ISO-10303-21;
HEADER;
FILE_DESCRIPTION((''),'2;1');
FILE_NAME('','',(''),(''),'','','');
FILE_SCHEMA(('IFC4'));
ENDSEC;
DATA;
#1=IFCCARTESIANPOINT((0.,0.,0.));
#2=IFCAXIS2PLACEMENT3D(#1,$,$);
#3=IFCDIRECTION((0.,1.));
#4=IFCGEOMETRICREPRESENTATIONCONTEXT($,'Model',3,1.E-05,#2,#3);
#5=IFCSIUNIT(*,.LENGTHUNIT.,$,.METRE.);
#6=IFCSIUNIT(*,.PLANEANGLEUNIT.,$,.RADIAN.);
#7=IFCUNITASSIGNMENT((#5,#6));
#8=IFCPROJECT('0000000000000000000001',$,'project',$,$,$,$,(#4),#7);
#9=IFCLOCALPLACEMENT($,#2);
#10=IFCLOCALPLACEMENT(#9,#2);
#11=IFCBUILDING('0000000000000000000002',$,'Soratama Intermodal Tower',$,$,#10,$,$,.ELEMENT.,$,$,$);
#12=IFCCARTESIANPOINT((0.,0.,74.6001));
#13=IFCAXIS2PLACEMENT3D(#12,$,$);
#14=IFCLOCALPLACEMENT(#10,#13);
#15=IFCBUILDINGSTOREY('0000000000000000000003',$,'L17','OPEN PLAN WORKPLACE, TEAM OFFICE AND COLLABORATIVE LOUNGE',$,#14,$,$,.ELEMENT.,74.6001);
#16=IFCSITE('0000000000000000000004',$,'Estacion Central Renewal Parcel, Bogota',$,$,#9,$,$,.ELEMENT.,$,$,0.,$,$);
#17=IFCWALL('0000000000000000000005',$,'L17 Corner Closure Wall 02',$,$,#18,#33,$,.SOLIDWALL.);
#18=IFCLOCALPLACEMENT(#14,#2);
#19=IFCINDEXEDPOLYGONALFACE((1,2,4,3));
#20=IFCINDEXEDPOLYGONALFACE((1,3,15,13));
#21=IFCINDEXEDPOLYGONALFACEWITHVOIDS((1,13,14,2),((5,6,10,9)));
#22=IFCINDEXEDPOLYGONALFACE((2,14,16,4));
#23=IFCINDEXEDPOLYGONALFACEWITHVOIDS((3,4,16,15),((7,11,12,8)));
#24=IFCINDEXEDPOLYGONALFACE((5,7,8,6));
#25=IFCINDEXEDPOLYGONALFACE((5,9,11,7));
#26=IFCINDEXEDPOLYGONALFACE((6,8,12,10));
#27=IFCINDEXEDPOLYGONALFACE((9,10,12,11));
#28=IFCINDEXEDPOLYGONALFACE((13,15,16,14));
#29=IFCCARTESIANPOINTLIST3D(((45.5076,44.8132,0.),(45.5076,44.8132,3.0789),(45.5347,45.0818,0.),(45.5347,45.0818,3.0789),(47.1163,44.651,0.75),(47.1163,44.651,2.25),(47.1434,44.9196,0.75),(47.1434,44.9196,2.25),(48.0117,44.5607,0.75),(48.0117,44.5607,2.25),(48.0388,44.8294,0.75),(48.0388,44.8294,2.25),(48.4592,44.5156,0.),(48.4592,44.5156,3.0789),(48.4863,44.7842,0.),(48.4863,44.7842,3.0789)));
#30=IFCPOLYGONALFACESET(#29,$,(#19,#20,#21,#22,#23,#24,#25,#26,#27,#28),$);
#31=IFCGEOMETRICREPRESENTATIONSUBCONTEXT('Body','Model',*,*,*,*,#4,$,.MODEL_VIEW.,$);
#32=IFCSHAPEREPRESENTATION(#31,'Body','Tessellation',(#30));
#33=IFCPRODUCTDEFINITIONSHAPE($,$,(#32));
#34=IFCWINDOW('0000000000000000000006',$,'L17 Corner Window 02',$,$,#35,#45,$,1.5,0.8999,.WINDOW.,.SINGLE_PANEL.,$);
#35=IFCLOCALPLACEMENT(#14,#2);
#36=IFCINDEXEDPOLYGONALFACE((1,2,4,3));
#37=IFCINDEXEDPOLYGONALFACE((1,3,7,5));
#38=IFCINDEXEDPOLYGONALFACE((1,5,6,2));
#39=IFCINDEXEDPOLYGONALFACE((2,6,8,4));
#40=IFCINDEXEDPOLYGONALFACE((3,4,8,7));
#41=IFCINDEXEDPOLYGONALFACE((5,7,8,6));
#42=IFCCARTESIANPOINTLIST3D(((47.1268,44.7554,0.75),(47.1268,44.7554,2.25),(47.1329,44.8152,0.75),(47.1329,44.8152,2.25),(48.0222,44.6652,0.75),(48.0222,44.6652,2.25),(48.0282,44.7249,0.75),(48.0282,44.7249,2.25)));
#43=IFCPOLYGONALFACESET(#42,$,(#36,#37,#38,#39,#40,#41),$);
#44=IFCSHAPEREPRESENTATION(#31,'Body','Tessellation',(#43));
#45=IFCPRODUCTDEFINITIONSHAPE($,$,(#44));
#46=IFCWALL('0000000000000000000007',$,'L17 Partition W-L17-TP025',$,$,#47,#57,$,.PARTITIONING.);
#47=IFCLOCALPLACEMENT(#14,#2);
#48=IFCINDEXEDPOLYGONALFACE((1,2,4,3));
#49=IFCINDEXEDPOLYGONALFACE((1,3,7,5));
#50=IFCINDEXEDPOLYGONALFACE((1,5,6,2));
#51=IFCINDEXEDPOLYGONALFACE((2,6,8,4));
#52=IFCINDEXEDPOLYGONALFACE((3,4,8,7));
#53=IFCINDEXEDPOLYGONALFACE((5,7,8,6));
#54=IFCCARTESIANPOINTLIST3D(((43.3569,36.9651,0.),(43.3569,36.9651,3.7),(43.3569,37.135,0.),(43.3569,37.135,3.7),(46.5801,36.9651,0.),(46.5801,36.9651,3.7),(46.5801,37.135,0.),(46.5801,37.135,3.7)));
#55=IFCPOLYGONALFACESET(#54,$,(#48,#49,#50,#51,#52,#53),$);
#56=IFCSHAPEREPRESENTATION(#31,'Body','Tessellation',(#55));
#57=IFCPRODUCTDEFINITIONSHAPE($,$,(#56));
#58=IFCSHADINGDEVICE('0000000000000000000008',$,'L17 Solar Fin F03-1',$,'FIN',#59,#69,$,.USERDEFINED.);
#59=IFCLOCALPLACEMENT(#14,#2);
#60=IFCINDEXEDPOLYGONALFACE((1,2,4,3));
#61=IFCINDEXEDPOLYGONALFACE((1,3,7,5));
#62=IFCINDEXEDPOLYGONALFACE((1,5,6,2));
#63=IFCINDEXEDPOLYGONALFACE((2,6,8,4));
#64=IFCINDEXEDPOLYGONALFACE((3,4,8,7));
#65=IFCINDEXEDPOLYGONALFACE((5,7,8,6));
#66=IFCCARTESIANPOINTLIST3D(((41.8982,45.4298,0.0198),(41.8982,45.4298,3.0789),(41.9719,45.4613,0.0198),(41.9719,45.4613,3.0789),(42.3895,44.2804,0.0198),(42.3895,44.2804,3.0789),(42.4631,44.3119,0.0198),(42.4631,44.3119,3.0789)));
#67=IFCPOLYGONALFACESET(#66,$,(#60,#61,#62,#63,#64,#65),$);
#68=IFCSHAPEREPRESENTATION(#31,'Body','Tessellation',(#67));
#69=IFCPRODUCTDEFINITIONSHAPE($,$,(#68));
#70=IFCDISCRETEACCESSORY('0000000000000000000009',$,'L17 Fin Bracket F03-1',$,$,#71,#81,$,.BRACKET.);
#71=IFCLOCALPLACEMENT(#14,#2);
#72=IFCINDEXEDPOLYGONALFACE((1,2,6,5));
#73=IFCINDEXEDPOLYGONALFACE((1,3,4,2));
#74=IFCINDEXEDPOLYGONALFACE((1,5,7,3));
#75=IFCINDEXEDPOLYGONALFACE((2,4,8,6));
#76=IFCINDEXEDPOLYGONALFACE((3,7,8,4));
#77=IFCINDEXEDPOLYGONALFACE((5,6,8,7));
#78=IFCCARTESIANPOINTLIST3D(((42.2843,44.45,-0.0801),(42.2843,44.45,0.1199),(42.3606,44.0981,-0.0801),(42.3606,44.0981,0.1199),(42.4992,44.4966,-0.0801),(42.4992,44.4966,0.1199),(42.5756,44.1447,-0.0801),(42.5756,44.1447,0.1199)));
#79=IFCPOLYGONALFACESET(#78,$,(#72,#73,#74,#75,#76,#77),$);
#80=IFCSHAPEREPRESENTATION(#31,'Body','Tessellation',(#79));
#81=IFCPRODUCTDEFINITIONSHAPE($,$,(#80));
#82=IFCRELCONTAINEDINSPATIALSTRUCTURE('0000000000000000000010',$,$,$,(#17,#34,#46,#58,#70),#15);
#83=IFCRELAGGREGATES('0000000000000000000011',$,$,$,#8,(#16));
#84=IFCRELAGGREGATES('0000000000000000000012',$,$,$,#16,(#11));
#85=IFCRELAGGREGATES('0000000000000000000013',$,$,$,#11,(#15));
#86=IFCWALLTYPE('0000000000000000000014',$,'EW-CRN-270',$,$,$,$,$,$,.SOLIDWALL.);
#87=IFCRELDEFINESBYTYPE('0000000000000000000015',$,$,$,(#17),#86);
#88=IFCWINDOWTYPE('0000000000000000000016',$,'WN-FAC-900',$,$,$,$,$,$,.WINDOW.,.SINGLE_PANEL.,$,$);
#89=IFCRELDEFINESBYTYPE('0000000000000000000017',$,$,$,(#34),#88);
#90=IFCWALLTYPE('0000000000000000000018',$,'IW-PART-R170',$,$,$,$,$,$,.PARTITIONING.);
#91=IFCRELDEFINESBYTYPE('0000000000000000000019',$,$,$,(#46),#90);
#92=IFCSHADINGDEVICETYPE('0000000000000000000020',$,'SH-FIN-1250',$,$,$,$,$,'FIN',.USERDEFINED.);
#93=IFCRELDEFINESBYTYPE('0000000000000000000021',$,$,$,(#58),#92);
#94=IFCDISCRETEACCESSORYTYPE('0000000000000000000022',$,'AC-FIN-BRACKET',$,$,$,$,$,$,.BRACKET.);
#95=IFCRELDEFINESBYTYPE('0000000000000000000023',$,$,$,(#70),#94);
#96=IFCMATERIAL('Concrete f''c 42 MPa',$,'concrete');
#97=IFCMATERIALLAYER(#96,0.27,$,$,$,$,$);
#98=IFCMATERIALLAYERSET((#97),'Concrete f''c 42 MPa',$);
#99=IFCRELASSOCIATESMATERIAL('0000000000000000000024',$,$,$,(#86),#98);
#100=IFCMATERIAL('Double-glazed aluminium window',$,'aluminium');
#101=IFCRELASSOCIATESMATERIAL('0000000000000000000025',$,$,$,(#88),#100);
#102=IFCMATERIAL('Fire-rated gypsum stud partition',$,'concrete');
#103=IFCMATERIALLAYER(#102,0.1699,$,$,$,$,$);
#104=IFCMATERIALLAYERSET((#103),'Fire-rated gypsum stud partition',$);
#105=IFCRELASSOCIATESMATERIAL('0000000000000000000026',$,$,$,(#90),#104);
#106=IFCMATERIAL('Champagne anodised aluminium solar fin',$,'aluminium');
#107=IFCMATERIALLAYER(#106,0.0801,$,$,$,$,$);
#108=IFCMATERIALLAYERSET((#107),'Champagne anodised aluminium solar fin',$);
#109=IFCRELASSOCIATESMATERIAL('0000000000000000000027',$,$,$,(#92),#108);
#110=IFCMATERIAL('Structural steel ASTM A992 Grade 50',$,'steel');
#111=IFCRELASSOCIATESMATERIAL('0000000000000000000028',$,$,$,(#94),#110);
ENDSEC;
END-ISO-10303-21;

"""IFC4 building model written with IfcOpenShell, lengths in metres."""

from ifc_helpers import new_model, si_unit, direction, frame, frame_2d, origin, origin_2d, place, context, subcontext, project, spatial, rectangle, extrude, material, layer, layer_set, type_object, element, fill, save


model = new_model("IFC4")

# Units and contexts
model_context = context("Model", 3, precision=1e-05, world=origin(), true_north=direction((0.0, 1.0)))
body_context = subcontext(model_context, "Body", "Model", "MODEL_VIEW")
ifc_project = project(units=[si_unit("LENGTHUNIT", "METRE"), si_unit("PLANEANGLEUNIT", "RADIAN")], contexts=[model_context])

# Site, building, storey
site_placement = place(None, origin())
site = spatial("IfcSite", under=ifc_project, at=site_placement, Name="Estacion Central Renewal Parcel, Bogota", CompositionType="ELEMENT", RefElevation=0.0)
building_placement = place(site_placement, origin())
building = spatial("IfcBuilding", under=site, at=building_placement, Name="Soratama Intermodal Tower", CompositionType="ELEMENT")
storey_placement = place(building_placement, frame((0.0, 0.0, 74.6001)))
storey = spatial("IfcBuildingStorey", under=building, at=storey_placement, Name="L17", Description="OPEN PLAN WORKPLACE, TEAM OFFICE AND COLLABORATIVE LOUNGE", CompositionType="ELEMENT", Elevation=74.6001)

# Wall, opening, window
ifc_material_1 = material(Name="Concrete f'c 42 MPa", Category="concrete")
ifc_layer_1 = layer(ifc_material_1, 0.27)
ifc_layer_set_1 = layer_set([ifc_layer_1], Name="Concrete f'c 42 MPa")
wall_type_1 = type_object("IfcWallType", Name="EW-CRN-270", PredefinedType="SOLIDWALL", material=ifc_layer_set_1)
wall_1_placement = place(storey_placement, frame((48.4729, 44.6499, 0.0), z_axis=(0.0, 0.0, 1.0), x_axis=(-0.994955, 0.100318, 0.0)))
wall_1 = element("IfcWall", 1, at=wall_1_placement, inside=storey, type_object=wall_type_1, Name="L17 Corner Closure Wall 02", PredefinedType="SOLIDWALL", context=body_context, shape_type="SweptSolid", body=[
    extrude(rectangle(XDim=2.9666, YDim=0.27, at=frame_2d((1.4834, 0.0))), origin(), (0.0, 0.0, 1.0), 3.0789),
])
opening_placement = place(wall_1_placement, frame((0.45, 0.0, 0.75)))
opening = element("IfcOpeningElement", 2, at=opening_placement, cuts=wall_1, PredefinedType="OPENING", context=body_context, shape_type="SweptSolid", body=[
    extrude(rectangle(XDim=0.8999, YDim=1.5, at=frame_2d((0.45, 0.75))), frame((0.0, 0.145, 0.0), z_axis=(0.0, -1.0, 0.0), x_axis=(1.0, 0.0, 0.0)), (0.0, 0.0, 1.0), 0.29),
])
ifc_material_2 = material(Name="Double-glazed aluminium window", Category="aluminium")
window_type = type_object("IfcWindowType", Name="WN-FAC-900", PartitioningType="SINGLE_PANEL", PredefinedType="WINDOW", material=ifc_material_2)
window_placement = place(opening_placement, origin())
window = element("IfcWindow", 3, at=window_placement, inside=storey, type_object=window_type, Name="L17 Corner Window 02", OverallHeight=1.5, OverallWidth=0.8999, PartitioningType="SINGLE_PANEL", PredefinedType="WINDOW", context=body_context, shape_type="SweptSolid", body=[
    extrude(rectangle(XDim=0.8999, YDim=1.5, at=frame_2d((0.45, 0.75))), frame((0.0, 0.03, 0.0), z_axis=(0.0, -1.0, 0.0), x_axis=(1.0, 0.0, 0.0)), (0.0, 0.0, 1.0), 0.0601),
])
fill(opening, window)

# Wall
ifc_material_3 = material(Name="Fire-rated gypsum stud partition", Category="concrete")
ifc_layer_2 = layer(ifc_material_3, 0.1699)
ifc_layer_set_2 = layer_set([ifc_layer_2], Name="Fire-rated gypsum stud partition")
wall_type_2 = type_object("IfcWallType", Name="IW-PART-R170", PredefinedType="PARTITIONING", material=ifc_layer_set_2)
wall_2_placement = place(storey_placement, frame((43.3569, 37.05, 0.0), z_axis=(0.0, 0.0, 1.0), x_axis=(1.0, 0.0, 0.0)))
element("IfcWall", 4, at=wall_2_placement, inside=storey, type_object=wall_type_2, Name="L17 Partition W-L17-TP025", PredefinedType="PARTITIONING", context=body_context, shape_type="SweptSolid", body=[
    extrude(rectangle(XDim=3.2231, YDim=0.1699, at=frame_2d((1.6116, 0.0))), origin(), (0.0, 0.0, 1.0), 3.7),
])

# Shading device
ifc_material_4 = material(Name="Champagne anodised aluminium solar fin", Category="aluminium")
ifc_layer_3 = layer(ifc_material_4, 0.0801)
ifc_layer_set_3 = layer_set([ifc_layer_3], Name="Champagne anodised aluminium solar fin")
shading_device_type = type_object("IfcShadingDeviceType", Name="SH-FIN-1250", ElementType="FIN", PredefinedType="USERDEFINED", material=ifc_layer_set_3)
shading_device_placement = place(storey_placement, frame((42.1807, 44.8708, 0.0198), z_axis=(0.0, 0.0, 1.0), x_axis=(-0.392979, 0.919547, 0.0)))
element("IfcShadingDevice", 5, at=shading_device_placement, inside=storey, type_object=shading_device_type, Name="L17 Solar Fin F03-1", ObjectType="FIN", PredefinedType="USERDEFINED", context=body_context, shape_type="SweptSolid", body=[
    extrude(rectangle(XDim=1.25, YDim=0.0801, at=origin_2d()), origin(), (0.0, 0.0, 1.0), 3.0591),
])

# Discrete accessory
ifc_material_5 = material(Name="Structural steel ASTM A992 Grade 50", Category="steel")
discrete_accessory_type = type_object("IfcDiscreteAccessoryType", Name="AC-FIN-BRACKET", PredefinedType="BRACKET", material=ifc_material_5)
discrete_accessory_placement = place(storey_placement, frame((42.4299, 44.2974, -0.0801), z_axis=(0.0, 0.0, 1.0), x_axis=(-0.212007, 0.977268, 0.0)))
element("IfcDiscreteAccessory", 6, at=discrete_accessory_placement, inside=storey, type_object=discrete_accessory_type, Name="L17 Fin Bracket F03-1", PredefinedType="BRACKET", context=body_context, shape_type="SweptSolid", body=[
    extrude(rectangle(XDim=0.3601, YDim=0.22, at=origin_2d()), origin(), (0.0, 0.0, 1.0), 0.2),
])

save(model, "model.ifc")
